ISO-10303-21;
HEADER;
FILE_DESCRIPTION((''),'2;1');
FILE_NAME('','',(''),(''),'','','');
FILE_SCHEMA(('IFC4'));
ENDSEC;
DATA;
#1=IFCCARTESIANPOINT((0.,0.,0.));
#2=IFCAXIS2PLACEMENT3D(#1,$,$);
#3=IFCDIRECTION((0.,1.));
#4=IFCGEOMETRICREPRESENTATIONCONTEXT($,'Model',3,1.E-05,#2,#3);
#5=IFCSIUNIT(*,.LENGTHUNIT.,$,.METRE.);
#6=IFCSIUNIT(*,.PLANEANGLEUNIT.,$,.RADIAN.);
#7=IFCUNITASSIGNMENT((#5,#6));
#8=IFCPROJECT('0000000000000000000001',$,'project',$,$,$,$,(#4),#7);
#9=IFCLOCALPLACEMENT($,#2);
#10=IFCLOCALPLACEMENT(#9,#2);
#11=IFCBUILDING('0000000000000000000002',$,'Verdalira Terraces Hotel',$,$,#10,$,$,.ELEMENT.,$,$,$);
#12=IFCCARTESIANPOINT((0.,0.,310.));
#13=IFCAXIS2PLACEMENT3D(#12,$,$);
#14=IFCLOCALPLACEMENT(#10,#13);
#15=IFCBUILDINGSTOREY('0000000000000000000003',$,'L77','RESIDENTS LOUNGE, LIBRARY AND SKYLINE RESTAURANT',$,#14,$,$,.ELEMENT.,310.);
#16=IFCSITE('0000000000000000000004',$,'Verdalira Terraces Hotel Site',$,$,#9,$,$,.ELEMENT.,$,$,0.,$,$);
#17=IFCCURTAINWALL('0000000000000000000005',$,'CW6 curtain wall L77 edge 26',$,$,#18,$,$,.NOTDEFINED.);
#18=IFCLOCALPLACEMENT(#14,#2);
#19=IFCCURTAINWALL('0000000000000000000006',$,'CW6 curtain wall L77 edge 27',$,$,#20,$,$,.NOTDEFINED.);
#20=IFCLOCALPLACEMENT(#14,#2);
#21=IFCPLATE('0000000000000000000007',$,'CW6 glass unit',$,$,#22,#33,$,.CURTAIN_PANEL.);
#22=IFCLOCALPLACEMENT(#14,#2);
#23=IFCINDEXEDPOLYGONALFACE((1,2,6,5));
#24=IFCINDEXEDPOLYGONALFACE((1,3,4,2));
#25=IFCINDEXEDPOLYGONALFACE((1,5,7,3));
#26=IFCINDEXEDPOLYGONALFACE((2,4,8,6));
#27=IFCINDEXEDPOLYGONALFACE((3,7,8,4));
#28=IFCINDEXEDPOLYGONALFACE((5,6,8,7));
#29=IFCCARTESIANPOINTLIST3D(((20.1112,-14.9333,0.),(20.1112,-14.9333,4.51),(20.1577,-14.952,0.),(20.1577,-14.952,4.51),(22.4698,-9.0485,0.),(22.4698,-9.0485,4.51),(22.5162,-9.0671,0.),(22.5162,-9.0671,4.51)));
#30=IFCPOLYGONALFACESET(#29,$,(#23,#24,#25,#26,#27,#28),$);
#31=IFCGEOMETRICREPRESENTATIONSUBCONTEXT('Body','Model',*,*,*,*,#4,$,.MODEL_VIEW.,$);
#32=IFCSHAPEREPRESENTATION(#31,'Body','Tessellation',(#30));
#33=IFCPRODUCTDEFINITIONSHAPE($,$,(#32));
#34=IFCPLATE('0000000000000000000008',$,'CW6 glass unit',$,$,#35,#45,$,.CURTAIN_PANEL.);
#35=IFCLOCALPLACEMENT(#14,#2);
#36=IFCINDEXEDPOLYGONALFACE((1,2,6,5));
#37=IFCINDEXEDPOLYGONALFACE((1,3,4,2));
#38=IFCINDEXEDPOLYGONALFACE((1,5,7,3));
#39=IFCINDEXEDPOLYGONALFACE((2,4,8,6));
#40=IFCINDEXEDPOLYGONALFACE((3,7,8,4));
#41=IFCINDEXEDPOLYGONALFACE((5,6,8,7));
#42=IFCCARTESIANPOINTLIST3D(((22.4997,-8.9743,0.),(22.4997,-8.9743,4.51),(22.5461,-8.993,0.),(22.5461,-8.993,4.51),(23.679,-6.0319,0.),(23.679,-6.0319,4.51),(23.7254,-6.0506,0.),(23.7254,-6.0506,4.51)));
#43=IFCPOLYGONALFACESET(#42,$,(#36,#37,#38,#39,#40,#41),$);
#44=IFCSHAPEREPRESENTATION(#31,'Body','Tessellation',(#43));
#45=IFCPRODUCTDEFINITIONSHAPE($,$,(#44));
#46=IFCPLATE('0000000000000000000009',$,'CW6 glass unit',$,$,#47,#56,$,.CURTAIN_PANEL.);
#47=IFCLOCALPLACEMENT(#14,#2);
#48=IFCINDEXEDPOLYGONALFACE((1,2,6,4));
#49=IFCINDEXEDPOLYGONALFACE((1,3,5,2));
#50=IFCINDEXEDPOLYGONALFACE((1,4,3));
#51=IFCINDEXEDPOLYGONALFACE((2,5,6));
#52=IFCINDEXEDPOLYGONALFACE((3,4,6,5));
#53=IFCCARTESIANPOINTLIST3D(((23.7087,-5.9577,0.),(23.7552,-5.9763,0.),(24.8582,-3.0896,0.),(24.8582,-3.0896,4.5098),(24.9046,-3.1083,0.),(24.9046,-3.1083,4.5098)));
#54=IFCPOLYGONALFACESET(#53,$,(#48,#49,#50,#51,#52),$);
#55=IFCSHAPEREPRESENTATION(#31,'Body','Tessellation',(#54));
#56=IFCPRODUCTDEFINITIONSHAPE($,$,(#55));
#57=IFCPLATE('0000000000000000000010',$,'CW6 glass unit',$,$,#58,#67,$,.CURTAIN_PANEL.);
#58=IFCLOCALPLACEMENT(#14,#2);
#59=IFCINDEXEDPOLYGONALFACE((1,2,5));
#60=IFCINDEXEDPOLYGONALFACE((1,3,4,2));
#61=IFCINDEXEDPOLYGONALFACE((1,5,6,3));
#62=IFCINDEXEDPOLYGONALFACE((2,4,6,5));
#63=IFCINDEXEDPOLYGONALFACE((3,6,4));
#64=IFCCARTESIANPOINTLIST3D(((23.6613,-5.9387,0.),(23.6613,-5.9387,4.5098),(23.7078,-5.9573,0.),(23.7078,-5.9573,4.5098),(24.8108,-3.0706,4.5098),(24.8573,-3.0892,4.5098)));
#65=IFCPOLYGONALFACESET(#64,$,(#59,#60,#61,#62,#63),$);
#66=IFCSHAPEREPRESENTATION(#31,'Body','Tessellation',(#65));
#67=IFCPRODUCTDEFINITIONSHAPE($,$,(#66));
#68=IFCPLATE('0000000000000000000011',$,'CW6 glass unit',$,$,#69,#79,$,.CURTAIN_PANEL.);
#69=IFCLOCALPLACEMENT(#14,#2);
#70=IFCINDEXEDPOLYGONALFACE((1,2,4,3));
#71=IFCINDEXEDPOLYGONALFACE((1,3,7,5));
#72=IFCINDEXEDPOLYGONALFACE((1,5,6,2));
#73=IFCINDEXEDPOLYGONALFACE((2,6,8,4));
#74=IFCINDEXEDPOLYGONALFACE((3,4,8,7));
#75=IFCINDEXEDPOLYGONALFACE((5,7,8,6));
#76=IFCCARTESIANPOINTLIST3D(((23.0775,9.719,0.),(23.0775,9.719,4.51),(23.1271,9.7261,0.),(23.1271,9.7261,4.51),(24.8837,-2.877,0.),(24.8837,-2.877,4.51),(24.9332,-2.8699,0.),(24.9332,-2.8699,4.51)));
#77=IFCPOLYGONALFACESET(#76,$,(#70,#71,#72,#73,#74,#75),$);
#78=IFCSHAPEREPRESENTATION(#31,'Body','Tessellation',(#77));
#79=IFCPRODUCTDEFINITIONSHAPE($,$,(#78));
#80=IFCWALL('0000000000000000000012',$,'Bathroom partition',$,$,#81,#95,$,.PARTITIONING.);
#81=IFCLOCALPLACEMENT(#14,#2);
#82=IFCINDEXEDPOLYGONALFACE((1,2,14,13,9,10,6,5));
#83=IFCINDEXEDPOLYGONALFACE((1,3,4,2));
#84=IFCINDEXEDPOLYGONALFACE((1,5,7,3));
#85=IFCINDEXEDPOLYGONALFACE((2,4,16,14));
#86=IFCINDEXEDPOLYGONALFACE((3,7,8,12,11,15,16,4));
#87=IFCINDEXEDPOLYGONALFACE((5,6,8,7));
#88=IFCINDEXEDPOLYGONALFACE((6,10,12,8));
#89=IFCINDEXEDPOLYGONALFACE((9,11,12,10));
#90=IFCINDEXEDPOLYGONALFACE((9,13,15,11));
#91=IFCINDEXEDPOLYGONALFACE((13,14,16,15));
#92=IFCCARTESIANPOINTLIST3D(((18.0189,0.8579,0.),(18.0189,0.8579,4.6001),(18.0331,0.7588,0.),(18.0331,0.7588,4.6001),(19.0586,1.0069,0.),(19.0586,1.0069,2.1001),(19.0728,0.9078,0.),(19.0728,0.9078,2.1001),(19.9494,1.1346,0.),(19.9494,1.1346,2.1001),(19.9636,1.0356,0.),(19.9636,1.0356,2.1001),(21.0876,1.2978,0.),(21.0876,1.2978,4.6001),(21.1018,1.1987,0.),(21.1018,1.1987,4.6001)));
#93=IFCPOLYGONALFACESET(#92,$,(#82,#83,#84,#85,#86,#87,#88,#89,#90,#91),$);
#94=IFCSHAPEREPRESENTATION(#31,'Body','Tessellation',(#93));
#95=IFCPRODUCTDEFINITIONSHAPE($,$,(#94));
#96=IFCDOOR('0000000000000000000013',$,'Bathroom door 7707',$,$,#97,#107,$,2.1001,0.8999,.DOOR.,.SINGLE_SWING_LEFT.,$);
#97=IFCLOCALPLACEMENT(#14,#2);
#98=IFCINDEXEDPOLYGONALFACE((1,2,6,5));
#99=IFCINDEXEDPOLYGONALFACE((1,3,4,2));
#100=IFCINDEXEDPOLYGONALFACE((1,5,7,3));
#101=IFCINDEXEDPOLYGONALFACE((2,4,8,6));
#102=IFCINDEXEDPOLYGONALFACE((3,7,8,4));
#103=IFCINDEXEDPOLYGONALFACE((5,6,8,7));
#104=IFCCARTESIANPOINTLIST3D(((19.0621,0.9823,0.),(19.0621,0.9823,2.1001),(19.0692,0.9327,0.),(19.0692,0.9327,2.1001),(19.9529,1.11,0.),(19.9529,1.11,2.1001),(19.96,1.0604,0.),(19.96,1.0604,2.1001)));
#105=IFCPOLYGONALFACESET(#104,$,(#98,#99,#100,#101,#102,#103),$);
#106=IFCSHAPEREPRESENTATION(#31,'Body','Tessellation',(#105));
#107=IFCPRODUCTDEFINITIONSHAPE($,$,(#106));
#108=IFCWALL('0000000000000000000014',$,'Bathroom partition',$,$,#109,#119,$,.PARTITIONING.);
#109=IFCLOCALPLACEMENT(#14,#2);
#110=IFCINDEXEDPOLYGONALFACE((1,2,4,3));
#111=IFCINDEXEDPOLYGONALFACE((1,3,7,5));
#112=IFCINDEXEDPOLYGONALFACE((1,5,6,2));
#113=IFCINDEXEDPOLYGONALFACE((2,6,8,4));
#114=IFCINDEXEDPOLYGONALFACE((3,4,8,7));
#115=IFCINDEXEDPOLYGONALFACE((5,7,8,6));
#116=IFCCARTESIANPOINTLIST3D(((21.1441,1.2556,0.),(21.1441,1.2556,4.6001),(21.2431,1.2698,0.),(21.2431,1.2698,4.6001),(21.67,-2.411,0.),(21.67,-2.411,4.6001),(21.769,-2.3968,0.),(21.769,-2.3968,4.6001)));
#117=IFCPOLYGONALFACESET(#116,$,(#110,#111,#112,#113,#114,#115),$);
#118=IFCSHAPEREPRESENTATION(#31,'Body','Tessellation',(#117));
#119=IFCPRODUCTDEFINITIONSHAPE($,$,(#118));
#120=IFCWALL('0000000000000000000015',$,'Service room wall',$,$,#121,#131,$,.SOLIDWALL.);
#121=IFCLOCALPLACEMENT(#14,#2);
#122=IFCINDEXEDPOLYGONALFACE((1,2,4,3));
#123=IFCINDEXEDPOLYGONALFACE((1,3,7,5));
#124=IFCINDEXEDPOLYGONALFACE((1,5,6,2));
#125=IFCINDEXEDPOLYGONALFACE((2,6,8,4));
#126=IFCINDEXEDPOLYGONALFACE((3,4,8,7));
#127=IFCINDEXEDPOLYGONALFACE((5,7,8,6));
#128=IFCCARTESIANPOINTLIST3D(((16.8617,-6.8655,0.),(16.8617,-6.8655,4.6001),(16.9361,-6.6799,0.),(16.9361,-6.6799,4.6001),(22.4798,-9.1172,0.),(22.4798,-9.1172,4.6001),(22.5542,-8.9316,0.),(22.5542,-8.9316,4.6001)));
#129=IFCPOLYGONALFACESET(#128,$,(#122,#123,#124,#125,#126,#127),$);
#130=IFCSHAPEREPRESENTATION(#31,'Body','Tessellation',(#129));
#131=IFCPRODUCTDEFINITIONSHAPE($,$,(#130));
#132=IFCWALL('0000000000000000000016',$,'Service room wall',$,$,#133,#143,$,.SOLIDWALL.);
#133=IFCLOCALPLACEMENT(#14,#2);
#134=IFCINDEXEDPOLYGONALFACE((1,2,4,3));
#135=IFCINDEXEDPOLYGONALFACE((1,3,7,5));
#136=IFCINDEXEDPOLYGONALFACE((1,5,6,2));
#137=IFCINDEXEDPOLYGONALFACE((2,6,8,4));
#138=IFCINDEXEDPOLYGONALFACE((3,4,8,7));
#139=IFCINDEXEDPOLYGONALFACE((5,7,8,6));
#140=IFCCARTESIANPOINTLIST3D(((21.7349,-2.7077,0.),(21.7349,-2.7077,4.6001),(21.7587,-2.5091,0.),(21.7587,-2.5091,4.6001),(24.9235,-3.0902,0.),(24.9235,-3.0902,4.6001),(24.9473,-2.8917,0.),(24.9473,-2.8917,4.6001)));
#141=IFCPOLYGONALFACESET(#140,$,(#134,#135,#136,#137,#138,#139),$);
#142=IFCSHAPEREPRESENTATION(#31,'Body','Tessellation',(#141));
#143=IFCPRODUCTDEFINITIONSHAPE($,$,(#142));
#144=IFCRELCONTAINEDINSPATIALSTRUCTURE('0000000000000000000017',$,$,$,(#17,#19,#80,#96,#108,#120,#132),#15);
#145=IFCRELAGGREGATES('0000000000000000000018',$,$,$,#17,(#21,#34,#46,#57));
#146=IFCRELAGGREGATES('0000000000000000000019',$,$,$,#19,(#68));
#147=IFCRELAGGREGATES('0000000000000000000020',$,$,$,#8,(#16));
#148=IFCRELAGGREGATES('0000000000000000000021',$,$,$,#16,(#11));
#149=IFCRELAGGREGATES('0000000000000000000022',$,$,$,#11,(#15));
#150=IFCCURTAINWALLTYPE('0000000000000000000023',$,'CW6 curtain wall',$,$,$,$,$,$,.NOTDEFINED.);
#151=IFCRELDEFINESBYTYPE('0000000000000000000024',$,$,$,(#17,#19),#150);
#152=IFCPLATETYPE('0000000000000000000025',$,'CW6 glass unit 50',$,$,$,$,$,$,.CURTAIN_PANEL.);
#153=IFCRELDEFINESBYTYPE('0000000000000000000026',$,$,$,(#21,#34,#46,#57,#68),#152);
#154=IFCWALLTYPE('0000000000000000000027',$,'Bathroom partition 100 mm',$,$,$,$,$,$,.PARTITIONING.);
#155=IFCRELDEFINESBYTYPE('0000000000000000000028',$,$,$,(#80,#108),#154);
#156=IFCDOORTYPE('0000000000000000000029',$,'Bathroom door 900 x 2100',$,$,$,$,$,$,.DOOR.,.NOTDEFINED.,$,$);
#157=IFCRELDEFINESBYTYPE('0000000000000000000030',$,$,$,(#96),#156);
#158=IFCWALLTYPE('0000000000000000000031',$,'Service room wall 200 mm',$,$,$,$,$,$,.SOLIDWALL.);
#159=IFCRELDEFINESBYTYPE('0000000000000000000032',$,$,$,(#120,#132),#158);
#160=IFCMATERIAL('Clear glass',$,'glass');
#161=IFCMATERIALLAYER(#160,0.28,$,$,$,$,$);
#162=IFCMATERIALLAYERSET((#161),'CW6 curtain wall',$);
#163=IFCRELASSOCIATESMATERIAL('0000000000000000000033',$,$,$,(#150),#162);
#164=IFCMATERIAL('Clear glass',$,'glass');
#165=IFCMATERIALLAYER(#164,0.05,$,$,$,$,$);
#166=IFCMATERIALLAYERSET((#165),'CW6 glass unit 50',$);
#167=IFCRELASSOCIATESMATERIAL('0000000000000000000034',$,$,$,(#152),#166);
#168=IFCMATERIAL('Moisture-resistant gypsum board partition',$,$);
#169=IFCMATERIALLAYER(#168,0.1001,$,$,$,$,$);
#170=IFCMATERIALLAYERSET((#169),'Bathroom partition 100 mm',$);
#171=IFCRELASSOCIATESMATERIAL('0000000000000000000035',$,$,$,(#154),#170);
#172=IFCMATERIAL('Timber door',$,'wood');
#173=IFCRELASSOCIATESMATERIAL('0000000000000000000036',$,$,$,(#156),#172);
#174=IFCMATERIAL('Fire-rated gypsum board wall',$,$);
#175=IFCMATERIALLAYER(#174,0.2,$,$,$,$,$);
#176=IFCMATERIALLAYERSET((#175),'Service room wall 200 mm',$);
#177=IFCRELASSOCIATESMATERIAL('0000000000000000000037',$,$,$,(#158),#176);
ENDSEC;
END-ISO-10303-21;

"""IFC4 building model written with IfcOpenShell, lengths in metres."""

from ifc_helpers import new_model, si_unit, direction, frame, frame_2d, origin, origin_2d, place, context, subcontext, project, spatial, polyline, rectangle, outline, extrude, material, layer, layer_set, type_object, element, fill, aggregate, save


model = new_model("IFC4")

# Units and contexts
model_context = context("Model", 3, precision=1e-05, world=origin(), true_north=direction((0.0, 1.0)))
body_context = subcontext(model_context, "Body", "Model", "MODEL_VIEW")
ifc_project = project(units=[si_unit("LENGTHUNIT", "METRE"), si_unit("PLANEANGLEUNIT", "RADIAN")], contexts=[model_context])

# Site, building, storey
site_placement = place(None, origin())
site = spatial("IfcSite", under=ifc_project, at=site_placement, Name="Verdalira Terraces Hotel Site", CompositionType="ELEMENT", RefElevation=0.0)
building_placement = place(site_placement, origin())
building = spatial("IfcBuilding", under=site, at=building_placement, Name="Verdalira Terraces Hotel", CompositionType="ELEMENT")
storey_placement = place(building_placement, frame((0.0, 0.0, 310.0)))
storey = spatial("IfcBuildingStorey", under=building, at=storey_placement, Name="L77", Description="RESIDENTS LOUNGE, LIBRARY AND SKYLINE RESTAURANT", CompositionType="ELEMENT", Elevation=310.0)

# Curtain walls
ifc_material_1 = material(Name="Clear glass", Category="glass")
ifc_layer_1 = layer(ifc_material_1, 0.28)
ifc_layer_set_1 = layer_set([ifc_layer_1], Name="CW6 curtain wall")
curtain_wall_type = type_object("IfcCurtainWallType", Name="CW6 curtain wall", PredefinedType="NOTDEFINED", material=ifc_layer_set_1)
curtain_wall_1_placement = place(storey_placement, origin())
curtain_wall_1 = element("IfcCurtainWall", 1, at=curtain_wall_1_placement, inside=storey, type_object=curtain_wall_type, Name="CW6 curtain wall L77 edge 26", PredefinedType="NOTDEFINED")
curtain_wall_2_placement = place(storey_placement, origin())
curtain_wall_2 = element("IfcCurtainWall", 2, at=curtain_wall_2_placement, inside=storey, type_object=curtain_wall_type, Name="CW6 curtain wall L77 edge 27", PredefinedType="NOTDEFINED")

# Plates
ifc_material_2 = material(Name="Clear glass", Category="glass")
ifc_layer_2 = layer(ifc_material_2, 0.05)
ifc_layer_set_2 = layer_set([ifc_layer_2], Name="CW6 glass unit 50")
plate_type = type_object("IfcPlateType", Name="CW6 glass unit 50", PredefinedType="CURTAIN_PANEL", material=ifc_layer_set_2)
plate_1_placement = place(storey_placement, frame((21.3137, -12.0002, 0.0), z_axis=(0.0, 0.0, 1.0), x_axis=(0.372016, 0.928226, 0.0)))
plate_1 = element("IfcPlate", 3, at=plate_1_placement, type_object=plate_type, Name="CW6 glass unit", PredefinedType="CURTAIN_PANEL", context=body_context, shape_type="SweptSolid", body=[
    extrude(rectangle(XDim=6.3398, YDim=0.05, at=origin_2d()), origin(), (0.0, 0.0, 1.0), 4.51),
])
plate_2_placement = place(storey_placement, frame((23.1125, -7.5125, 0.0), z_axis=(0.0, 0.0, 1.0), x_axis=(0.372016, 0.928226, 0.0)))
plate_2 = element("IfcPlate", 4, at=plate_2_placement, type_object=plate_type, Name="CW6 glass unit", PredefinedType="CURTAIN_PANEL", context=body_context, shape_type="SweptSolid", body=[
    extrude(rectangle(XDim=3.1699, YDim=0.05, at=origin_2d()), origin(), (0.0, 0.0, 1.0), 4.51),
])
plate_3_placement = place(storey_placement, frame((24.2834, -4.5237, 2.2549), z_axis=(0.928226, -0.372016, 0.0), x_axis=(0.372016, 0.928226, 0.0)))
plate_3 = element("IfcPlate", 5, at=plate_3_placement, type_object=plate_type, Name="CW6 glass unit", PredefinedType="CURTAIN_PANEL", context=body_context, shape_type="SweptSolid", body=[
    extrude(outline(polyline([(-1.5449, -2.2549), (1.5449, -2.2549), (1.5449, 2.2549), (-1.5449, -2.2549)])), origin(), (0.0, 0.0, 1.0), 0.05),
])
plate_4_placement = place(storey_placement, frame((24.2361, -4.5046, 2.2549), z_axis=(0.928226, -0.372016, 0.0), x_axis=(0.372016, 0.928226, 0.0)))
plate_4 = element("IfcPlate", 6, at=plate_4_placement, type_object=plate_type, Name="CW6 glass unit", PredefinedType="CURTAIN_PANEL", context=body_context, shape_type="SweptSolid", body=[
    extrude(outline(polyline([(-1.5449, -2.2549), (1.5449, 2.2549), (-1.5449, 2.2549), (-1.5449, -2.2549)])), origin(), (0.0, 0.0, 1.0), 0.05),
])
aggregate(curtain_wall_1, [plate_1, plate_2, plate_3, plate_4])
plate_5_placement = place(storey_placement, frame((24.0054, 3.4246, 0.0), z_axis=(0.0, 0.0, 1.0), x_axis=(-0.141938, 0.989876, 0.0)))
plate_5 = element("IfcPlate", 7, at=plate_5_placement, type_object=plate_type, Name="CW6 glass unit", PredefinedType="CURTAIN_PANEL", context=body_context, shape_type="SweptSolid", body=[
    extrude(rectangle(XDim=12.7249, YDim=0.05, at=origin_2d()), origin(), (0.0, 0.0, 1.0), 4.51),
])
aggregate(curtain_wall_2, [plate_5])

# Wall, opening, door
ifc_material_3 = material(Name="Moisture-resistant gypsum board partition")
ifc_layer_3 = layer(ifc_material_3, 0.1001)
ifc_layer_set_3 = layer_set([ifc_layer_3], Name="Bathroom partition 100 mm")
wall_type_1 = type_object("IfcWallType", Name="Bathroom partition 100 mm", PredefinedType="PARTITIONING", material=ifc_layer_set_3)
wall_1_placement = place(storey_placement, frame((21.0947, 1.2483, 0.0), z_axis=(0.0, 0.0, 1.0), x_axis=(-0.989878, -0.141917, 0.0)))
wall_1 = element("IfcWall", 8, at=wall_1_placement, inside=storey, type_object=wall_type_1, Name="Bathroom partition", PredefinedType="PARTITIONING", context=body_context, shape_type="SweptSolid", body=[
    extrude(rectangle(XDim=3.1001, YDim=0.1001, at=frame_2d((1.55, 0.0))), origin(), (0.0, 0.0, 1.0), 4.6001),
])
opening_placement = place(wall_1_placement, frame((1.1499, 0.0, 0.0)))
opening = element("IfcOpeningElement", 9, at=opening_placement, cuts=wall_1, PredefinedType="OPENING", context=body_context, shape_type="SweptSolid", body=[
    extrude(rectangle(XDim=0.8999, YDim=2.1001, at=frame_2d((0.45, 1.05))), frame((0.0, 0.0601, 0.0), z_axis=(0.0, -1.0, 0.0), x_axis=(1.0, 0.0, 0.0)), (0.0, 0.0, 1.0), 0.1201),
])
ifc_material_4 = material(Name="Timber door", Category="wood")
door_type = type_object("IfcDoorType", Name="Bathroom door 900 x 2100", OperationType="NOTDEFINED", PredefinedType="DOOR", material=ifc_material_4)
door_placement = place(opening_placement, origin())
door = element("IfcDoor", 10, at=door_placement, inside=storey, type_object=door_type, Name="Bathroom door 7707", OperationType="SINGLE_SWING_LEFT", OverallHeight=2.1001, OverallWidth=0.8999, PredefinedType="DOOR", context=body_context, shape_type="SweptSolid", body=[
    extrude(rectangle(XDim=0.8999, YDim=2.1001, at=frame_2d((0.45, 1.05))), frame((0.0, 0.0249, 0.0), z_axis=(0.0, -1.0, 0.0), x_axis=(1.0, 0.0, 0.0)), (0.0, 0.0, 1.0), 0.05),
])
fill(opening, door)

# Walls
wall_2_placement = place(storey_placement, frame((21.1936, 1.2627, 0.0), z_axis=(0.0, 0.0, 1.0), x_axis=(0.141975, -0.98987, 0.0)))
element("IfcWall", 11, at=wall_2_placement, inside=storey, type_object=wall_type_1, Name="Bathroom partition", PredefinedType="PARTITIONING", context=body_context, shape_type="SweptSolid", body=[
    extrude(rectangle(XDim=3.7041, YDim=0.1001, at=frame_2d((1.8521, 0.0))), origin(), (0.0, 0.0, 1.0), 4.6001),
])
ifc_material_5 = material(Name="Fire-rated gypsum board wall")
ifc_layer_4 = layer(ifc_material_5, 0.2)
ifc_layer_set_4 = layer_set([ifc_layer_4], Name="Service room wall 200 mm")
wall_type_2 = type_object("IfcWallType", Name="Service room wall 200 mm", PredefinedType="SOLIDWALL", material=ifc_layer_set_4)
wall_3_placement = place(storey_placement, frame((22.5171, -9.0244, 0.0), z_axis=(0.0, 0.0, 1.0), x_axis=(-0.928223, 0.372023, 0.0)))
element("IfcWall", 12, at=wall_3_placement, inside=storey, type_object=wall_type_2, Name="Service room wall", PredefinedType="SOLIDWALL", context=body_context, shape_type="SweptSolid", body=[
    extrude(rectangle(XDim=6.0525, YDim=0.2, at=frame_2d((3.0264, 0.0))), origin(), (0.0, 0.0, 1.0), 4.6001),
])
wall_4_placement = place(storey_placement, frame((21.7468, -2.6084, 0.0), z_axis=(0.0, 0.0, 1.0), x_axis=(0.992879, -0.11913, 0.0)))
element("IfcWall", 13, at=wall_4_placement, inside=storey, type_object=wall_type_2, Name="Service room wall", PredefinedType="SOLIDWALL", context=body_context, shape_type="SweptSolid", body=[
    extrude(rectangle(XDim=3.2114, YDim=0.2, at=frame_2d((1.6057, 0.0))), origin(), (0.0, 0.0, 1.0), 4.6001),
])

save(model, "model.ifc")
